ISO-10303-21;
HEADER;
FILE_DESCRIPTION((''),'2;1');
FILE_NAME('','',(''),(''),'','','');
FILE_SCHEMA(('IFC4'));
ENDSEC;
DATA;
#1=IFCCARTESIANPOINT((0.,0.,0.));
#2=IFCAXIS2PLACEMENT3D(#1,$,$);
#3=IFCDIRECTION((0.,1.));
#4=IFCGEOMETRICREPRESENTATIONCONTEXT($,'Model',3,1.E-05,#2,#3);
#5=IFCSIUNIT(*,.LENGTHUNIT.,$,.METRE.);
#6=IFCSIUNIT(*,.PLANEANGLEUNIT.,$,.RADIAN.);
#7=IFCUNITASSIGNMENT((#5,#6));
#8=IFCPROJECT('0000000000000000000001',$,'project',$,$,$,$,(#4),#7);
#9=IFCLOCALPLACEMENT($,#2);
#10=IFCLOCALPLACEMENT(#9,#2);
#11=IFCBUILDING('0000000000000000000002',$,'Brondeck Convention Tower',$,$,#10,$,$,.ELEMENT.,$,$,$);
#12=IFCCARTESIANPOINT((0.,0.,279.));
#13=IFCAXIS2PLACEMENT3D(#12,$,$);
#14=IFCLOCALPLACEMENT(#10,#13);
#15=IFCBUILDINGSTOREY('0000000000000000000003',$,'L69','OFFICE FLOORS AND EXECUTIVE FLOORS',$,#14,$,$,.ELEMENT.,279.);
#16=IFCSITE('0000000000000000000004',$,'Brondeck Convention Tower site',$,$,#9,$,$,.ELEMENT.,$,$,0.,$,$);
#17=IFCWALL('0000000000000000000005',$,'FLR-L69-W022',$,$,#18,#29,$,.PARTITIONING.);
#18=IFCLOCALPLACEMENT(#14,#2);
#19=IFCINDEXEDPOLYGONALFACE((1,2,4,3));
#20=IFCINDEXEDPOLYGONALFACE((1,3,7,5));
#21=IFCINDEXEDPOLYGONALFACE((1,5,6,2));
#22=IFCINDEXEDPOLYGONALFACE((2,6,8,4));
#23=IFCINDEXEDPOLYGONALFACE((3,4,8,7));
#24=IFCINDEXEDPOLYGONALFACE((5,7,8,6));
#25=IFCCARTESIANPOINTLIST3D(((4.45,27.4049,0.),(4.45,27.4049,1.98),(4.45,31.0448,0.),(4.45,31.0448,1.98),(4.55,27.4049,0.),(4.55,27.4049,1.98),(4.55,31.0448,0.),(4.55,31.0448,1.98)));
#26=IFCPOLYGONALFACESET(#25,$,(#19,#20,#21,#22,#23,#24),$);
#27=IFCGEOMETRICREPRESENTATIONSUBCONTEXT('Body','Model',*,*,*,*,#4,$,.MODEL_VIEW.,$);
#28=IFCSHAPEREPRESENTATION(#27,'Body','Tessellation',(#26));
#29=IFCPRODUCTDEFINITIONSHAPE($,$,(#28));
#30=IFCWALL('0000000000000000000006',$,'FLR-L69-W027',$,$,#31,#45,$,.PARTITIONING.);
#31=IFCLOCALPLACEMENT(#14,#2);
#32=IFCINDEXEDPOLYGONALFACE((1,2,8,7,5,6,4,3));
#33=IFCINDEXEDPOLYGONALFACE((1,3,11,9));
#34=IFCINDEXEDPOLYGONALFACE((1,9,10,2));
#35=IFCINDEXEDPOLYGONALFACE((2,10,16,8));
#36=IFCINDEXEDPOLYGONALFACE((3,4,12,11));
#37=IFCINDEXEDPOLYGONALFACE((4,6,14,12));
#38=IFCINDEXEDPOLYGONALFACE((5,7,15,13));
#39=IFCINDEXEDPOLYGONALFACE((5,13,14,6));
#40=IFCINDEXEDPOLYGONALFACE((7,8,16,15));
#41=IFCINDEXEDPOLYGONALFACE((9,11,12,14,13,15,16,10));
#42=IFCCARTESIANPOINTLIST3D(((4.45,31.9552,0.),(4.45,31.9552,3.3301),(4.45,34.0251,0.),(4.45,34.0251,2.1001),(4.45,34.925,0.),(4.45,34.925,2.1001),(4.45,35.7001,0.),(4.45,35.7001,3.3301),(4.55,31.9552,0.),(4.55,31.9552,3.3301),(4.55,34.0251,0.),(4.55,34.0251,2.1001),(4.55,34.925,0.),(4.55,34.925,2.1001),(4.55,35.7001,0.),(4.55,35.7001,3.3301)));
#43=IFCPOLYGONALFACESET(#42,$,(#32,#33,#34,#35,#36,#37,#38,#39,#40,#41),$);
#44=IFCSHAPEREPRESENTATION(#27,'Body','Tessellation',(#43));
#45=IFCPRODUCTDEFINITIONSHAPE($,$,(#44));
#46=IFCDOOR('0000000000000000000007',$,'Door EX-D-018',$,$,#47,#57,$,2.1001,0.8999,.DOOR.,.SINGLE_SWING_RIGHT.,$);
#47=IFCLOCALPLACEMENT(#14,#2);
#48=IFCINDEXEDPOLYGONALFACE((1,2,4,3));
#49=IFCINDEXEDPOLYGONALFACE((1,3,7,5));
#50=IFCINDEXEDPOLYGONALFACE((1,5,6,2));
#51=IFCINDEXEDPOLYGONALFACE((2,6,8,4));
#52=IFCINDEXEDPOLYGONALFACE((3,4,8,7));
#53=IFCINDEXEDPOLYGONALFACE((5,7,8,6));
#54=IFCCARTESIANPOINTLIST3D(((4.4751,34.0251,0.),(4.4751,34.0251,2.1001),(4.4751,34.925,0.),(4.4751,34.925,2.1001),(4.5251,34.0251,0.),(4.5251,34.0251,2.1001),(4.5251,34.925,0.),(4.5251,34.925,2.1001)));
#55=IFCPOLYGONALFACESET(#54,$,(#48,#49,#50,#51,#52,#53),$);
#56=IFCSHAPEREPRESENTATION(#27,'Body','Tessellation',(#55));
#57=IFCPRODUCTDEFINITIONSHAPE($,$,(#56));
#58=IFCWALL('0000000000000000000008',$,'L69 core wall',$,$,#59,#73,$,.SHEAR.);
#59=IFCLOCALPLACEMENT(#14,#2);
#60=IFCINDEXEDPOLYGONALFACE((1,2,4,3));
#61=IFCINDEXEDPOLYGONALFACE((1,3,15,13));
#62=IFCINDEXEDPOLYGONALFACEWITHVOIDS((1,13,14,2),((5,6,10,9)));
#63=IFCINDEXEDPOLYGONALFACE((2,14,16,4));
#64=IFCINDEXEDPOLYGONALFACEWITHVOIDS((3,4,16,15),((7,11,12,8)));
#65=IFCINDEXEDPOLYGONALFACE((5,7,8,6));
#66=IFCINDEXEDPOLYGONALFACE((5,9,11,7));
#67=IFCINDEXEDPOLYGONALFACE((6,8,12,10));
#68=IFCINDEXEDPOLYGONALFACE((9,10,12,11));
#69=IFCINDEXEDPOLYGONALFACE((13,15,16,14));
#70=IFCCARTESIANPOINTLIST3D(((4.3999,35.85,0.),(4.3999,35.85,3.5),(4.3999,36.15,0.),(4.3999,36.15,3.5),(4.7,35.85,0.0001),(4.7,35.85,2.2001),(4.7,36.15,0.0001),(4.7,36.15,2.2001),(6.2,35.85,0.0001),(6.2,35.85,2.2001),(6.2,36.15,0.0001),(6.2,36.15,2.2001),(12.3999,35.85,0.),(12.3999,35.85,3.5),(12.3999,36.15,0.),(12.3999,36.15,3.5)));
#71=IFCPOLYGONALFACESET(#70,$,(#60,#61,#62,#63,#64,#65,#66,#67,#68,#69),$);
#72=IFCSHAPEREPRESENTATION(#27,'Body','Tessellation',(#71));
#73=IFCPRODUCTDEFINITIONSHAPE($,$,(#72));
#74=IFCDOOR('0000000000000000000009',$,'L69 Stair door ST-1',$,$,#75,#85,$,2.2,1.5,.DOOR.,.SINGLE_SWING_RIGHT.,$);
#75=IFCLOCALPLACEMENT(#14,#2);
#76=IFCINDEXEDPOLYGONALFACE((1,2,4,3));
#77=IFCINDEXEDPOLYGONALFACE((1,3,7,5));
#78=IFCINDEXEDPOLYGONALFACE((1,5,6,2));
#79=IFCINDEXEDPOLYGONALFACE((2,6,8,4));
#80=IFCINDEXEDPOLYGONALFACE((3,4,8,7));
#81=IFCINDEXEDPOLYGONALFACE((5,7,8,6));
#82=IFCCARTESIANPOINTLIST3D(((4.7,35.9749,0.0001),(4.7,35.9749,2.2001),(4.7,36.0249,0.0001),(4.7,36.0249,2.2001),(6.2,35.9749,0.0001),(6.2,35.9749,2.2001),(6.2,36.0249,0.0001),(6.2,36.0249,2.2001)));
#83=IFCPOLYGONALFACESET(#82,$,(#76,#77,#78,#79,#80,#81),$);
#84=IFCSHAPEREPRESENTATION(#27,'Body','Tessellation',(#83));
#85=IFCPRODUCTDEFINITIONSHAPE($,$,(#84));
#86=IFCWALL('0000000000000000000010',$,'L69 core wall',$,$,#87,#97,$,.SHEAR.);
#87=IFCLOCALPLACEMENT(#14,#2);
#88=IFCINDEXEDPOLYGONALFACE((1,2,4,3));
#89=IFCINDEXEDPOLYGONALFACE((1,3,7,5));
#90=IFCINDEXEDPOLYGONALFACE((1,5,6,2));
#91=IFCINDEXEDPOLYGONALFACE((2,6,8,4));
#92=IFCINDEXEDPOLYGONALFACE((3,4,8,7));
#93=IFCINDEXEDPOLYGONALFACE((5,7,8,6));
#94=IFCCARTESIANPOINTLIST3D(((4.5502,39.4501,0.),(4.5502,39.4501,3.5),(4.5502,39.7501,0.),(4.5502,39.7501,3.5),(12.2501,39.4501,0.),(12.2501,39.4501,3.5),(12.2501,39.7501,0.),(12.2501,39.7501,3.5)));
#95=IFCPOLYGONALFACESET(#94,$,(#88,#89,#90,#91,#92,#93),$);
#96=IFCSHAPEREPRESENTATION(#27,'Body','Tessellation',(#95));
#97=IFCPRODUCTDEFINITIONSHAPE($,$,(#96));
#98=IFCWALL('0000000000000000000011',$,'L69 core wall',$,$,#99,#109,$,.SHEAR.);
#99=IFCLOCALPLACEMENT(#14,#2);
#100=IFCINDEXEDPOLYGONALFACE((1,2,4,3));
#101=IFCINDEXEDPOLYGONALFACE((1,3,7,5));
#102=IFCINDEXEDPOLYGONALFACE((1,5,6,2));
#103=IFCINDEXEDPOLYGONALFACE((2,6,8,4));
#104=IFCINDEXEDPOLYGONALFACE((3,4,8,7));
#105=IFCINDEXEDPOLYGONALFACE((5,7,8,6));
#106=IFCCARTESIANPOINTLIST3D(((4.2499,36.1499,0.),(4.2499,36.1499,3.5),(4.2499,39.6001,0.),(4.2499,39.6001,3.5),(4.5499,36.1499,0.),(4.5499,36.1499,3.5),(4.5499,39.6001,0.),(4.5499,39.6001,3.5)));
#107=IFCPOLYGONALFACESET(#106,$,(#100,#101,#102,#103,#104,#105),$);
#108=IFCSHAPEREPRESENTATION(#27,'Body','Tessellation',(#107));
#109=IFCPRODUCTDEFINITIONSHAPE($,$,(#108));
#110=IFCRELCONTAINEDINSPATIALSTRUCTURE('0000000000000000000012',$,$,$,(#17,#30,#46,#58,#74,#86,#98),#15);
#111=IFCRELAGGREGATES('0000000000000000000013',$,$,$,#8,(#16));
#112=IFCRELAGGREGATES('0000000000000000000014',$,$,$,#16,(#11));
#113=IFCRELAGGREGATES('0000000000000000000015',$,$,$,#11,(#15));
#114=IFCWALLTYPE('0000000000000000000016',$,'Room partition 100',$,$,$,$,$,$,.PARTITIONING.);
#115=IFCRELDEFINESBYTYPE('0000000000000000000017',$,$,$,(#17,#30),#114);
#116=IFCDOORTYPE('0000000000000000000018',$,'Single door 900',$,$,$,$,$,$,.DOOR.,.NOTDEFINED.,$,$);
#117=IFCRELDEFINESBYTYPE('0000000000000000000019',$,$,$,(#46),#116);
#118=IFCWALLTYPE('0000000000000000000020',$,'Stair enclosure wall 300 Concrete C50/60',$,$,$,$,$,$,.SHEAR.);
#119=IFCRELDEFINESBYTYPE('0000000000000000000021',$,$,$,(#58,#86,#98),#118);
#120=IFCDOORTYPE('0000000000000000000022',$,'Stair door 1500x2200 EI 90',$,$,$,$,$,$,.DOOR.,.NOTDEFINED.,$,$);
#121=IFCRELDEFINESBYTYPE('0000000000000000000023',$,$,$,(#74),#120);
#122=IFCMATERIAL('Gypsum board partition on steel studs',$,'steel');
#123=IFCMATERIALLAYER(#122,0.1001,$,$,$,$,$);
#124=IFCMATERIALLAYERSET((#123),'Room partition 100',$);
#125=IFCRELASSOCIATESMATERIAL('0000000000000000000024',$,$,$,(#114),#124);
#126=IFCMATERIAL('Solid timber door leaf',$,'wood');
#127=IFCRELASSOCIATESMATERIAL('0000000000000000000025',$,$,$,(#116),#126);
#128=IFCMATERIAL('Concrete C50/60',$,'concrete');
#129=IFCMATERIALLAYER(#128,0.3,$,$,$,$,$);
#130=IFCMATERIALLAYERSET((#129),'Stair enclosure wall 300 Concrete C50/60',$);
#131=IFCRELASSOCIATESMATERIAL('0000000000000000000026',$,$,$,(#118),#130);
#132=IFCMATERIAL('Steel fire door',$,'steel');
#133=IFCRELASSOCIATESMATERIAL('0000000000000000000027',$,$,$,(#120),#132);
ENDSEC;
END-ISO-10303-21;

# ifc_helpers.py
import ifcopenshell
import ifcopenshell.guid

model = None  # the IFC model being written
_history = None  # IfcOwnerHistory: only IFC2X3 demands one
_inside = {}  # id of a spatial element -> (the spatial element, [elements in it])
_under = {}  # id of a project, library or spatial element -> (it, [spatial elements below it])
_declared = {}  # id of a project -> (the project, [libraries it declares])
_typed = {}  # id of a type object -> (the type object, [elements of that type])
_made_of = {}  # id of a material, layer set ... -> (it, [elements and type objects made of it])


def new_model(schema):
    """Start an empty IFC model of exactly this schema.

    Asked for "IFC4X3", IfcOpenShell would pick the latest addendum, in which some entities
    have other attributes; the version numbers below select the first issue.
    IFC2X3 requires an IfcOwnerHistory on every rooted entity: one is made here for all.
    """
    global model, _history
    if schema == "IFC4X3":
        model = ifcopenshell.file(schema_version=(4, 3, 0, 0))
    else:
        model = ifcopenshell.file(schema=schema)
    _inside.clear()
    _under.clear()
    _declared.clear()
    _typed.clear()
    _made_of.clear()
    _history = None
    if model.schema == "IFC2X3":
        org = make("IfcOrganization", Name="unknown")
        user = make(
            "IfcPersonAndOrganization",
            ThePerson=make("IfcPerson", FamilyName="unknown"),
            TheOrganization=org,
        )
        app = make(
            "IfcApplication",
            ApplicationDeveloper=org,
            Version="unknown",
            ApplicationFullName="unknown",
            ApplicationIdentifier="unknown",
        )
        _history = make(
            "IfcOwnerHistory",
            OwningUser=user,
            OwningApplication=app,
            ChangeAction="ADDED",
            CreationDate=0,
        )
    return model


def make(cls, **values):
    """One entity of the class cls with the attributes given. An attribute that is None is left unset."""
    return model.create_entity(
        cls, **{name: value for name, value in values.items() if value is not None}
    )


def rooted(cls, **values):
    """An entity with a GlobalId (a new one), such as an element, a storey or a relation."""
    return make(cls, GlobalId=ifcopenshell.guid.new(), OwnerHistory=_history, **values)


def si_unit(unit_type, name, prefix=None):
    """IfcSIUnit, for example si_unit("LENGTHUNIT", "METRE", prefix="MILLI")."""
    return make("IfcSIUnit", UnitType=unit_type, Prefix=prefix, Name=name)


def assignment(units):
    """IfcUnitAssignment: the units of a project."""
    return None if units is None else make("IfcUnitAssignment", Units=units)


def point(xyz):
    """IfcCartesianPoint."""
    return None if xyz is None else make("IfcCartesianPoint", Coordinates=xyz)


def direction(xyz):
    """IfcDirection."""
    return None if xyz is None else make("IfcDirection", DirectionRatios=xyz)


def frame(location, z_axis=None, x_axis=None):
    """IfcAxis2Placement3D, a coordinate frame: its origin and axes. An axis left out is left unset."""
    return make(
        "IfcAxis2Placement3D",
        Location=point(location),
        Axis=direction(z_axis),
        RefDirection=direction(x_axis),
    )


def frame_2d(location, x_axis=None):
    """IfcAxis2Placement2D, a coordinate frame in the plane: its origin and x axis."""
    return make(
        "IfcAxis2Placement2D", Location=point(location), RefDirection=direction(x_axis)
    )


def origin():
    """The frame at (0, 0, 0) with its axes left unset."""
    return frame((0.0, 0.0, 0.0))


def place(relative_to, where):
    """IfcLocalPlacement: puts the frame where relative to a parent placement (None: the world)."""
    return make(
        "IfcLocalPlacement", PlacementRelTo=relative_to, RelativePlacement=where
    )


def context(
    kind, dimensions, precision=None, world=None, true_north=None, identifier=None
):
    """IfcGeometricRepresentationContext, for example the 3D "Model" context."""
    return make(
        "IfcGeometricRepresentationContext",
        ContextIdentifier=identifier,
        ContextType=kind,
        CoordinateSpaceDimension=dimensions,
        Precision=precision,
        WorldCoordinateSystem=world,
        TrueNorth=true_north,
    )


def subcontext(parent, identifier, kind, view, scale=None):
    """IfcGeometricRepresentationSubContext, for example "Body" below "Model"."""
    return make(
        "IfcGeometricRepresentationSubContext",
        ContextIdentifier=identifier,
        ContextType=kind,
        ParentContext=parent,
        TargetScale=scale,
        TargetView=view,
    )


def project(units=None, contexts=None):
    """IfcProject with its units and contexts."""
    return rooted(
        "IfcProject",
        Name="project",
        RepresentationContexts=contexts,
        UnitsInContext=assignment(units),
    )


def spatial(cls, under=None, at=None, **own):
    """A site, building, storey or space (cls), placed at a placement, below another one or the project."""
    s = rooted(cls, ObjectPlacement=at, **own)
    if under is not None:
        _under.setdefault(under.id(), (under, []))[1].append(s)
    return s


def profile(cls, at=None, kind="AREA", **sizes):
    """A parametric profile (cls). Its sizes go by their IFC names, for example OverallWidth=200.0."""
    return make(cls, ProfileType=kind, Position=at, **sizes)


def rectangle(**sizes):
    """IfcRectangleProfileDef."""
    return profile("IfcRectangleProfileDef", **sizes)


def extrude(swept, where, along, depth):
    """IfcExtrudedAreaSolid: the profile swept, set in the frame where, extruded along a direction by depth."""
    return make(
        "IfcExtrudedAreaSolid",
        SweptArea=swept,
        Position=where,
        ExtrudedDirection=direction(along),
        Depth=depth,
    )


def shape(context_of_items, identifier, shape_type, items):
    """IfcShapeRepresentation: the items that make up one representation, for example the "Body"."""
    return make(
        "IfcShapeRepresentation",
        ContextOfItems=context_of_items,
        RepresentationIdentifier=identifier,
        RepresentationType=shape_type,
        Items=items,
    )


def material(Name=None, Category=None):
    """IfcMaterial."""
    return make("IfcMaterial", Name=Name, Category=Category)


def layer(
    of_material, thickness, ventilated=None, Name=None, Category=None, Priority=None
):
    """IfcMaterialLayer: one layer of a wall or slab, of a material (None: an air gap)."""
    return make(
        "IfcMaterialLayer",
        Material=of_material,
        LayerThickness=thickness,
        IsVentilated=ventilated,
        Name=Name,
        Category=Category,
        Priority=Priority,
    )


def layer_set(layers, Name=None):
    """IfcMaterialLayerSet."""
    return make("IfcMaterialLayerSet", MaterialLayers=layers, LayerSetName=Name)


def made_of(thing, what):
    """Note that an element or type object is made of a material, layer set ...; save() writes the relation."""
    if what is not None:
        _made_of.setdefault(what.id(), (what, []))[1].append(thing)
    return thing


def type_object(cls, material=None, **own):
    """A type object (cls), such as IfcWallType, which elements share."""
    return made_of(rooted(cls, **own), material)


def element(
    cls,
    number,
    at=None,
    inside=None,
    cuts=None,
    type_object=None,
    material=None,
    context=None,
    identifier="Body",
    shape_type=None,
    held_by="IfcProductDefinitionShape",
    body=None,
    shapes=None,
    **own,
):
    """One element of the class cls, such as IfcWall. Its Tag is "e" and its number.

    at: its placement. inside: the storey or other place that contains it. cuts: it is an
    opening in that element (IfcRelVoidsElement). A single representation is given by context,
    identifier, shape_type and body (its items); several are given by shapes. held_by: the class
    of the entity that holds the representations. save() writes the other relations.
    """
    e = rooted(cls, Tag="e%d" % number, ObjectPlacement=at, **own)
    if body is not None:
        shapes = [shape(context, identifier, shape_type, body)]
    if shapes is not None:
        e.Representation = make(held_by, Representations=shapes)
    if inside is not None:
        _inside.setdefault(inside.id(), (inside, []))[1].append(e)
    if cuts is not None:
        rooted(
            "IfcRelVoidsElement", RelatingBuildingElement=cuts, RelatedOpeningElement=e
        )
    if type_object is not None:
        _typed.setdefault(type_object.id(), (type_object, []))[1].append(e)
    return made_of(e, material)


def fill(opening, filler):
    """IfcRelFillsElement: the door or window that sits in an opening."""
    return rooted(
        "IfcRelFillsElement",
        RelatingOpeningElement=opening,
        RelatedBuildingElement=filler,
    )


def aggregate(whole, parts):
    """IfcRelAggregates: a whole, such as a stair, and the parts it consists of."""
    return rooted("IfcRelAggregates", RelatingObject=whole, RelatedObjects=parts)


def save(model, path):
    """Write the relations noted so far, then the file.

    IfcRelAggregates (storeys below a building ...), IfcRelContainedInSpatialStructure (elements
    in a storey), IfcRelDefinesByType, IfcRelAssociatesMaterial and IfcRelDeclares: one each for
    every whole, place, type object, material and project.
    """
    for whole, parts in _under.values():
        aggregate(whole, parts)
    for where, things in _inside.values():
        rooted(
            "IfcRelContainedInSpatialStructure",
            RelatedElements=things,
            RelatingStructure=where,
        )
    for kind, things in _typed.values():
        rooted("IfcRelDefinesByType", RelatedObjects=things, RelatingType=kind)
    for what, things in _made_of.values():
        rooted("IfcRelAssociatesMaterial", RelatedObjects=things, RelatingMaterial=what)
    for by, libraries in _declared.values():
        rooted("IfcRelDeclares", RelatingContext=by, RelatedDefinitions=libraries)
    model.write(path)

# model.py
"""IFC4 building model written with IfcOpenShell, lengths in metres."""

from ifc_helpers import new_model, si_unit, direction, frame, frame_2d, origin, place, context, subcontext, project, spatial, rectangle, extrude, material, layer, layer_set, type_object, element, fill, save


model = new_model("IFC4")

# Units and contexts
model_context = context("Model", 3, precision=1e-05, world=origin(), true_north=direction((0.0, 1.0)))
body_context = subcontext(model_context, "Body", "Model", "MODEL_VIEW")
ifc_project = project(units=[si_unit("LENGTHUNIT", "METRE"), si_unit("PLANEANGLEUNIT", "RADIAN")], contexts=[model_context])

# Site, building, storey
site_placement = place(None, origin())
site = spatial("IfcSite", under=ifc_project, at=site_placement, Name="Brondeck Convention Tower site", CompositionType="ELEMENT", RefElevation=0.0)
building_placement = place(site_placement, origin())
building = spatial("IfcBuilding", under=site, at=building_placement, Name="Brondeck Convention Tower", CompositionType="ELEMENT")
storey_placement = place(building_placement, frame((0.0, 0.0, 279.0)))
storey = spatial("IfcBuildingStorey", under=building, at=storey_placement, Name="L69", Description="OFFICE FLOORS AND EXECUTIVE FLOORS", CompositionType="ELEMENT", Elevation=279.0)

# Shared definitions
ifc_material_1 = material(Name="Concrete C50/60", Category="concrete")

# Shared definitions
ifc_material_2 = material(Name="Steel fire door", Category="steel")

# Wall
ifc_material_3 = material(Name="Gypsum board partition on steel studs", Category="steel")
ifc_layer_1 = layer(ifc_material_3, 0.1001)
ifc_layer_set_1 = layer_set([ifc_layer_1], Name="Room partition 100")
wall_type_1 = type_object("IfcWallType", Name="Room partition 100", PredefinedType="PARTITIONING", material=ifc_layer_set_1)
wall_1_placement = place(storey_placement, frame((4.5, 27.405, 0.0), z_axis=(0.0, 0.0, 1.0), x_axis=(0.0, 1.0, 0.0)))
element("IfcWall", 1, at=wall_1_placement, inside=storey, type_object=wall_type_1, Name="FLR-L69-W022", PredefinedType="PARTITIONING", context=body_context, shape_type="SweptSolid", body=[
    extrude(rectangle(XDim=3.6399, YDim=0.1001, at=frame_2d((1.8198, 0.0))), origin(), (0.0, 0.0, 1.0), 1.98),
])

# Walls, openings, doors
wall_2_placement = place(storey_placement, frame((4.5, 31.9551, 0.0), z_axis=(0.0, 0.0, 1.0), x_axis=(0.0, 1.0, 0.0)))
wall_2 = element("IfcWall", 2, at=wall_2_placement, inside=storey, type_object=wall_type_1, Name="FLR-L69-W027", PredefinedType="PARTITIONING", context=body_context, shape_type="SweptSolid", body=[
    extrude(rectangle(XDim=3.7449, YDim=0.1001, at=frame_2d((1.8726, 0.0))), origin(), (0.0, 0.0, 1.0), 3.3301),
])
opening_1_placement = place(wall_2_placement, frame((2.0701, 0.0, 0.0)))
opening_1 = element("IfcOpeningElement", 3, at=opening_1_placement, cuts=wall_2, PredefinedType="OPENING", context=body_context, shape_type="SweptSolid", body=[
    extrude(rectangle(XDim=0.8999, YDim=2.1001, at=frame_2d((0.45, 1.05))), frame((0.0, 0.0601, 0.0), z_axis=(0.0, -1.0, 0.0), x_axis=(1.0, 0.0, 0.0)), (0.0, 0.0, 1.0), 0.1201),
])
ifc_material_4 = material(Name="Solid timber door leaf", Category="wood")
door_type_1 = type_object("IfcDoorType", Name="Single door 900", OperationType="NOTDEFINED", PredefinedType="DOOR", material=ifc_material_4)
door_1_placement = place(opening_1_placement, origin())
door_1 = element("IfcDoor", 4, at=door_1_placement, inside=storey, type_object=door_type_1, Name="Door EX-D-018", OperationType="SINGLE_SWING_RIGHT", OverallHeight=2.1001, OverallWidth=0.8999, PredefinedType="DOOR", context=body_context, shape_type="SweptSolid", body=[
    extrude(rectangle(XDim=0.8999, YDim=2.1001, at=frame_2d((0.45, 1.05))), frame((0.0, 0.0249, 0.0), z_axis=(0.0, -1.0, 0.0), x_axis=(1.0, 0.0, 0.0)), (0.0, 0.0, 1.0), 0.05),
])
fill(opening_1, door_1)
ifc_layer_2 = layer(ifc_material_1, 0.3)
ifc_layer_set_2 = layer_set([ifc_layer_2], Name="Stair enclosure wall 300 Concrete C50/60")
wall_type_2 = type_object("IfcWallType", Name="Stair enclosure wall 300 Concrete C50/60", PredefinedType="SHEAR", material=ifc_layer_set_2)
wall_3_placement = place(storey_placement, frame((4.3999, 36.0, 0.0), z_axis=(0.0, 0.0, 1.0), x_axis=(1.0, 0.0, 0.0)))
wall_3 = element("IfcWall", 5, at=wall_3_placement, inside=storey, type_object=wall_type_2, Name="L69 core wall", PredefinedType="SHEAR", context=body_context, shape_type="SweptSolid", body=[
    extrude(rectangle(XDim=8.0, YDim=0.3, at=frame_2d((4.0, 0.0))), origin(), (0.0, 0.0, 1.0), 3.5),
])
opening_2_placement = place(wall_3_placement, frame((0.3, 0.0, 0.0)))
opening_2 = element("IfcOpeningElement", 6, at=opening_2_placement, cuts=wall_3, PredefinedType="OPENING", context=body_context, shape_type="SweptSolid", body=[
    extrude(rectangle(XDim=1.5, YDim=2.2, at=frame_2d((0.75, 1.1001))), frame((0.0, 0.1599, 0.0), z_axis=(0.0, -1.0, 0.0), x_axis=(1.0, 0.0, 0.0)), (0.0, 0.0, 1.0), 0.3201),
])
door_type_2 = type_object("IfcDoorType", Name="Stair door 1500x2200 EI 90", OperationType="NOTDEFINED", PredefinedType="DOOR", material=ifc_material_2)
door_2_placement = place(opening_2_placement, origin())
door_2 = element("IfcDoor", 7, at=door_2_placement, inside=storey, type_object=door_type_2, Name="L69 Stair door ST-1", OperationType="SINGLE_SWING_RIGHT", OverallHeight=2.2, OverallWidth=1.5, PredefinedType="DOOR", context=body_context, shape_type="SweptSolid", body=[
    extrude(rectangle(XDim=1.5, YDim=2.2, at=frame_2d((0.75, 1.1001))), frame((0.0, 0.0249, 0.0), z_axis=(0.0, -1.0, 0.0), x_axis=(1.0, 0.0, 0.0)), (0.0, 0.0, 1.0), 0.05),
])
fill(opening_2, door_2)

# Walls
wall_4_placement = place(storey_placement, frame((4.55, 39.6001, 0.0), z_axis=(0.0, 0.0, 1.0), x_axis=(1.0, 0.0, 0.0)))
element("IfcWall", 8, at=wall_4_placement, inside=storey, type_object=wall_type_2, Name="L69 core wall", PredefinedType="SHEAR", context=body_context, shape_type="SweptSolid", body=[
    extrude(rectangle(XDim=7.7, YDim=0.3, at=frame_2d((3.8501, 0.0))), origin(), (0.0, 0.0, 1.0), 3.5),
])
wall_5_placement = place(storey_placement, frame((4.3999, 36.1499, 0.0), z_axis=(0.0, 0.0, 1.0), x_axis=(0.0, 1.0, 0.0)))
element("IfcWall", 9, at=wall_5_placement, inside=storey, type_object=wall_type_2, Name="L69 core wall", PredefinedType="SHEAR", context=body_context, shape_type="SweptSolid", body=[
    extrude(rectangle(XDim=3.4502, YDim=0.3, at=frame_2d((1.7251, 0.0))), origin(), (0.0, 0.0, 1.0), 3.5),
])

save(model, "model.ifc")
